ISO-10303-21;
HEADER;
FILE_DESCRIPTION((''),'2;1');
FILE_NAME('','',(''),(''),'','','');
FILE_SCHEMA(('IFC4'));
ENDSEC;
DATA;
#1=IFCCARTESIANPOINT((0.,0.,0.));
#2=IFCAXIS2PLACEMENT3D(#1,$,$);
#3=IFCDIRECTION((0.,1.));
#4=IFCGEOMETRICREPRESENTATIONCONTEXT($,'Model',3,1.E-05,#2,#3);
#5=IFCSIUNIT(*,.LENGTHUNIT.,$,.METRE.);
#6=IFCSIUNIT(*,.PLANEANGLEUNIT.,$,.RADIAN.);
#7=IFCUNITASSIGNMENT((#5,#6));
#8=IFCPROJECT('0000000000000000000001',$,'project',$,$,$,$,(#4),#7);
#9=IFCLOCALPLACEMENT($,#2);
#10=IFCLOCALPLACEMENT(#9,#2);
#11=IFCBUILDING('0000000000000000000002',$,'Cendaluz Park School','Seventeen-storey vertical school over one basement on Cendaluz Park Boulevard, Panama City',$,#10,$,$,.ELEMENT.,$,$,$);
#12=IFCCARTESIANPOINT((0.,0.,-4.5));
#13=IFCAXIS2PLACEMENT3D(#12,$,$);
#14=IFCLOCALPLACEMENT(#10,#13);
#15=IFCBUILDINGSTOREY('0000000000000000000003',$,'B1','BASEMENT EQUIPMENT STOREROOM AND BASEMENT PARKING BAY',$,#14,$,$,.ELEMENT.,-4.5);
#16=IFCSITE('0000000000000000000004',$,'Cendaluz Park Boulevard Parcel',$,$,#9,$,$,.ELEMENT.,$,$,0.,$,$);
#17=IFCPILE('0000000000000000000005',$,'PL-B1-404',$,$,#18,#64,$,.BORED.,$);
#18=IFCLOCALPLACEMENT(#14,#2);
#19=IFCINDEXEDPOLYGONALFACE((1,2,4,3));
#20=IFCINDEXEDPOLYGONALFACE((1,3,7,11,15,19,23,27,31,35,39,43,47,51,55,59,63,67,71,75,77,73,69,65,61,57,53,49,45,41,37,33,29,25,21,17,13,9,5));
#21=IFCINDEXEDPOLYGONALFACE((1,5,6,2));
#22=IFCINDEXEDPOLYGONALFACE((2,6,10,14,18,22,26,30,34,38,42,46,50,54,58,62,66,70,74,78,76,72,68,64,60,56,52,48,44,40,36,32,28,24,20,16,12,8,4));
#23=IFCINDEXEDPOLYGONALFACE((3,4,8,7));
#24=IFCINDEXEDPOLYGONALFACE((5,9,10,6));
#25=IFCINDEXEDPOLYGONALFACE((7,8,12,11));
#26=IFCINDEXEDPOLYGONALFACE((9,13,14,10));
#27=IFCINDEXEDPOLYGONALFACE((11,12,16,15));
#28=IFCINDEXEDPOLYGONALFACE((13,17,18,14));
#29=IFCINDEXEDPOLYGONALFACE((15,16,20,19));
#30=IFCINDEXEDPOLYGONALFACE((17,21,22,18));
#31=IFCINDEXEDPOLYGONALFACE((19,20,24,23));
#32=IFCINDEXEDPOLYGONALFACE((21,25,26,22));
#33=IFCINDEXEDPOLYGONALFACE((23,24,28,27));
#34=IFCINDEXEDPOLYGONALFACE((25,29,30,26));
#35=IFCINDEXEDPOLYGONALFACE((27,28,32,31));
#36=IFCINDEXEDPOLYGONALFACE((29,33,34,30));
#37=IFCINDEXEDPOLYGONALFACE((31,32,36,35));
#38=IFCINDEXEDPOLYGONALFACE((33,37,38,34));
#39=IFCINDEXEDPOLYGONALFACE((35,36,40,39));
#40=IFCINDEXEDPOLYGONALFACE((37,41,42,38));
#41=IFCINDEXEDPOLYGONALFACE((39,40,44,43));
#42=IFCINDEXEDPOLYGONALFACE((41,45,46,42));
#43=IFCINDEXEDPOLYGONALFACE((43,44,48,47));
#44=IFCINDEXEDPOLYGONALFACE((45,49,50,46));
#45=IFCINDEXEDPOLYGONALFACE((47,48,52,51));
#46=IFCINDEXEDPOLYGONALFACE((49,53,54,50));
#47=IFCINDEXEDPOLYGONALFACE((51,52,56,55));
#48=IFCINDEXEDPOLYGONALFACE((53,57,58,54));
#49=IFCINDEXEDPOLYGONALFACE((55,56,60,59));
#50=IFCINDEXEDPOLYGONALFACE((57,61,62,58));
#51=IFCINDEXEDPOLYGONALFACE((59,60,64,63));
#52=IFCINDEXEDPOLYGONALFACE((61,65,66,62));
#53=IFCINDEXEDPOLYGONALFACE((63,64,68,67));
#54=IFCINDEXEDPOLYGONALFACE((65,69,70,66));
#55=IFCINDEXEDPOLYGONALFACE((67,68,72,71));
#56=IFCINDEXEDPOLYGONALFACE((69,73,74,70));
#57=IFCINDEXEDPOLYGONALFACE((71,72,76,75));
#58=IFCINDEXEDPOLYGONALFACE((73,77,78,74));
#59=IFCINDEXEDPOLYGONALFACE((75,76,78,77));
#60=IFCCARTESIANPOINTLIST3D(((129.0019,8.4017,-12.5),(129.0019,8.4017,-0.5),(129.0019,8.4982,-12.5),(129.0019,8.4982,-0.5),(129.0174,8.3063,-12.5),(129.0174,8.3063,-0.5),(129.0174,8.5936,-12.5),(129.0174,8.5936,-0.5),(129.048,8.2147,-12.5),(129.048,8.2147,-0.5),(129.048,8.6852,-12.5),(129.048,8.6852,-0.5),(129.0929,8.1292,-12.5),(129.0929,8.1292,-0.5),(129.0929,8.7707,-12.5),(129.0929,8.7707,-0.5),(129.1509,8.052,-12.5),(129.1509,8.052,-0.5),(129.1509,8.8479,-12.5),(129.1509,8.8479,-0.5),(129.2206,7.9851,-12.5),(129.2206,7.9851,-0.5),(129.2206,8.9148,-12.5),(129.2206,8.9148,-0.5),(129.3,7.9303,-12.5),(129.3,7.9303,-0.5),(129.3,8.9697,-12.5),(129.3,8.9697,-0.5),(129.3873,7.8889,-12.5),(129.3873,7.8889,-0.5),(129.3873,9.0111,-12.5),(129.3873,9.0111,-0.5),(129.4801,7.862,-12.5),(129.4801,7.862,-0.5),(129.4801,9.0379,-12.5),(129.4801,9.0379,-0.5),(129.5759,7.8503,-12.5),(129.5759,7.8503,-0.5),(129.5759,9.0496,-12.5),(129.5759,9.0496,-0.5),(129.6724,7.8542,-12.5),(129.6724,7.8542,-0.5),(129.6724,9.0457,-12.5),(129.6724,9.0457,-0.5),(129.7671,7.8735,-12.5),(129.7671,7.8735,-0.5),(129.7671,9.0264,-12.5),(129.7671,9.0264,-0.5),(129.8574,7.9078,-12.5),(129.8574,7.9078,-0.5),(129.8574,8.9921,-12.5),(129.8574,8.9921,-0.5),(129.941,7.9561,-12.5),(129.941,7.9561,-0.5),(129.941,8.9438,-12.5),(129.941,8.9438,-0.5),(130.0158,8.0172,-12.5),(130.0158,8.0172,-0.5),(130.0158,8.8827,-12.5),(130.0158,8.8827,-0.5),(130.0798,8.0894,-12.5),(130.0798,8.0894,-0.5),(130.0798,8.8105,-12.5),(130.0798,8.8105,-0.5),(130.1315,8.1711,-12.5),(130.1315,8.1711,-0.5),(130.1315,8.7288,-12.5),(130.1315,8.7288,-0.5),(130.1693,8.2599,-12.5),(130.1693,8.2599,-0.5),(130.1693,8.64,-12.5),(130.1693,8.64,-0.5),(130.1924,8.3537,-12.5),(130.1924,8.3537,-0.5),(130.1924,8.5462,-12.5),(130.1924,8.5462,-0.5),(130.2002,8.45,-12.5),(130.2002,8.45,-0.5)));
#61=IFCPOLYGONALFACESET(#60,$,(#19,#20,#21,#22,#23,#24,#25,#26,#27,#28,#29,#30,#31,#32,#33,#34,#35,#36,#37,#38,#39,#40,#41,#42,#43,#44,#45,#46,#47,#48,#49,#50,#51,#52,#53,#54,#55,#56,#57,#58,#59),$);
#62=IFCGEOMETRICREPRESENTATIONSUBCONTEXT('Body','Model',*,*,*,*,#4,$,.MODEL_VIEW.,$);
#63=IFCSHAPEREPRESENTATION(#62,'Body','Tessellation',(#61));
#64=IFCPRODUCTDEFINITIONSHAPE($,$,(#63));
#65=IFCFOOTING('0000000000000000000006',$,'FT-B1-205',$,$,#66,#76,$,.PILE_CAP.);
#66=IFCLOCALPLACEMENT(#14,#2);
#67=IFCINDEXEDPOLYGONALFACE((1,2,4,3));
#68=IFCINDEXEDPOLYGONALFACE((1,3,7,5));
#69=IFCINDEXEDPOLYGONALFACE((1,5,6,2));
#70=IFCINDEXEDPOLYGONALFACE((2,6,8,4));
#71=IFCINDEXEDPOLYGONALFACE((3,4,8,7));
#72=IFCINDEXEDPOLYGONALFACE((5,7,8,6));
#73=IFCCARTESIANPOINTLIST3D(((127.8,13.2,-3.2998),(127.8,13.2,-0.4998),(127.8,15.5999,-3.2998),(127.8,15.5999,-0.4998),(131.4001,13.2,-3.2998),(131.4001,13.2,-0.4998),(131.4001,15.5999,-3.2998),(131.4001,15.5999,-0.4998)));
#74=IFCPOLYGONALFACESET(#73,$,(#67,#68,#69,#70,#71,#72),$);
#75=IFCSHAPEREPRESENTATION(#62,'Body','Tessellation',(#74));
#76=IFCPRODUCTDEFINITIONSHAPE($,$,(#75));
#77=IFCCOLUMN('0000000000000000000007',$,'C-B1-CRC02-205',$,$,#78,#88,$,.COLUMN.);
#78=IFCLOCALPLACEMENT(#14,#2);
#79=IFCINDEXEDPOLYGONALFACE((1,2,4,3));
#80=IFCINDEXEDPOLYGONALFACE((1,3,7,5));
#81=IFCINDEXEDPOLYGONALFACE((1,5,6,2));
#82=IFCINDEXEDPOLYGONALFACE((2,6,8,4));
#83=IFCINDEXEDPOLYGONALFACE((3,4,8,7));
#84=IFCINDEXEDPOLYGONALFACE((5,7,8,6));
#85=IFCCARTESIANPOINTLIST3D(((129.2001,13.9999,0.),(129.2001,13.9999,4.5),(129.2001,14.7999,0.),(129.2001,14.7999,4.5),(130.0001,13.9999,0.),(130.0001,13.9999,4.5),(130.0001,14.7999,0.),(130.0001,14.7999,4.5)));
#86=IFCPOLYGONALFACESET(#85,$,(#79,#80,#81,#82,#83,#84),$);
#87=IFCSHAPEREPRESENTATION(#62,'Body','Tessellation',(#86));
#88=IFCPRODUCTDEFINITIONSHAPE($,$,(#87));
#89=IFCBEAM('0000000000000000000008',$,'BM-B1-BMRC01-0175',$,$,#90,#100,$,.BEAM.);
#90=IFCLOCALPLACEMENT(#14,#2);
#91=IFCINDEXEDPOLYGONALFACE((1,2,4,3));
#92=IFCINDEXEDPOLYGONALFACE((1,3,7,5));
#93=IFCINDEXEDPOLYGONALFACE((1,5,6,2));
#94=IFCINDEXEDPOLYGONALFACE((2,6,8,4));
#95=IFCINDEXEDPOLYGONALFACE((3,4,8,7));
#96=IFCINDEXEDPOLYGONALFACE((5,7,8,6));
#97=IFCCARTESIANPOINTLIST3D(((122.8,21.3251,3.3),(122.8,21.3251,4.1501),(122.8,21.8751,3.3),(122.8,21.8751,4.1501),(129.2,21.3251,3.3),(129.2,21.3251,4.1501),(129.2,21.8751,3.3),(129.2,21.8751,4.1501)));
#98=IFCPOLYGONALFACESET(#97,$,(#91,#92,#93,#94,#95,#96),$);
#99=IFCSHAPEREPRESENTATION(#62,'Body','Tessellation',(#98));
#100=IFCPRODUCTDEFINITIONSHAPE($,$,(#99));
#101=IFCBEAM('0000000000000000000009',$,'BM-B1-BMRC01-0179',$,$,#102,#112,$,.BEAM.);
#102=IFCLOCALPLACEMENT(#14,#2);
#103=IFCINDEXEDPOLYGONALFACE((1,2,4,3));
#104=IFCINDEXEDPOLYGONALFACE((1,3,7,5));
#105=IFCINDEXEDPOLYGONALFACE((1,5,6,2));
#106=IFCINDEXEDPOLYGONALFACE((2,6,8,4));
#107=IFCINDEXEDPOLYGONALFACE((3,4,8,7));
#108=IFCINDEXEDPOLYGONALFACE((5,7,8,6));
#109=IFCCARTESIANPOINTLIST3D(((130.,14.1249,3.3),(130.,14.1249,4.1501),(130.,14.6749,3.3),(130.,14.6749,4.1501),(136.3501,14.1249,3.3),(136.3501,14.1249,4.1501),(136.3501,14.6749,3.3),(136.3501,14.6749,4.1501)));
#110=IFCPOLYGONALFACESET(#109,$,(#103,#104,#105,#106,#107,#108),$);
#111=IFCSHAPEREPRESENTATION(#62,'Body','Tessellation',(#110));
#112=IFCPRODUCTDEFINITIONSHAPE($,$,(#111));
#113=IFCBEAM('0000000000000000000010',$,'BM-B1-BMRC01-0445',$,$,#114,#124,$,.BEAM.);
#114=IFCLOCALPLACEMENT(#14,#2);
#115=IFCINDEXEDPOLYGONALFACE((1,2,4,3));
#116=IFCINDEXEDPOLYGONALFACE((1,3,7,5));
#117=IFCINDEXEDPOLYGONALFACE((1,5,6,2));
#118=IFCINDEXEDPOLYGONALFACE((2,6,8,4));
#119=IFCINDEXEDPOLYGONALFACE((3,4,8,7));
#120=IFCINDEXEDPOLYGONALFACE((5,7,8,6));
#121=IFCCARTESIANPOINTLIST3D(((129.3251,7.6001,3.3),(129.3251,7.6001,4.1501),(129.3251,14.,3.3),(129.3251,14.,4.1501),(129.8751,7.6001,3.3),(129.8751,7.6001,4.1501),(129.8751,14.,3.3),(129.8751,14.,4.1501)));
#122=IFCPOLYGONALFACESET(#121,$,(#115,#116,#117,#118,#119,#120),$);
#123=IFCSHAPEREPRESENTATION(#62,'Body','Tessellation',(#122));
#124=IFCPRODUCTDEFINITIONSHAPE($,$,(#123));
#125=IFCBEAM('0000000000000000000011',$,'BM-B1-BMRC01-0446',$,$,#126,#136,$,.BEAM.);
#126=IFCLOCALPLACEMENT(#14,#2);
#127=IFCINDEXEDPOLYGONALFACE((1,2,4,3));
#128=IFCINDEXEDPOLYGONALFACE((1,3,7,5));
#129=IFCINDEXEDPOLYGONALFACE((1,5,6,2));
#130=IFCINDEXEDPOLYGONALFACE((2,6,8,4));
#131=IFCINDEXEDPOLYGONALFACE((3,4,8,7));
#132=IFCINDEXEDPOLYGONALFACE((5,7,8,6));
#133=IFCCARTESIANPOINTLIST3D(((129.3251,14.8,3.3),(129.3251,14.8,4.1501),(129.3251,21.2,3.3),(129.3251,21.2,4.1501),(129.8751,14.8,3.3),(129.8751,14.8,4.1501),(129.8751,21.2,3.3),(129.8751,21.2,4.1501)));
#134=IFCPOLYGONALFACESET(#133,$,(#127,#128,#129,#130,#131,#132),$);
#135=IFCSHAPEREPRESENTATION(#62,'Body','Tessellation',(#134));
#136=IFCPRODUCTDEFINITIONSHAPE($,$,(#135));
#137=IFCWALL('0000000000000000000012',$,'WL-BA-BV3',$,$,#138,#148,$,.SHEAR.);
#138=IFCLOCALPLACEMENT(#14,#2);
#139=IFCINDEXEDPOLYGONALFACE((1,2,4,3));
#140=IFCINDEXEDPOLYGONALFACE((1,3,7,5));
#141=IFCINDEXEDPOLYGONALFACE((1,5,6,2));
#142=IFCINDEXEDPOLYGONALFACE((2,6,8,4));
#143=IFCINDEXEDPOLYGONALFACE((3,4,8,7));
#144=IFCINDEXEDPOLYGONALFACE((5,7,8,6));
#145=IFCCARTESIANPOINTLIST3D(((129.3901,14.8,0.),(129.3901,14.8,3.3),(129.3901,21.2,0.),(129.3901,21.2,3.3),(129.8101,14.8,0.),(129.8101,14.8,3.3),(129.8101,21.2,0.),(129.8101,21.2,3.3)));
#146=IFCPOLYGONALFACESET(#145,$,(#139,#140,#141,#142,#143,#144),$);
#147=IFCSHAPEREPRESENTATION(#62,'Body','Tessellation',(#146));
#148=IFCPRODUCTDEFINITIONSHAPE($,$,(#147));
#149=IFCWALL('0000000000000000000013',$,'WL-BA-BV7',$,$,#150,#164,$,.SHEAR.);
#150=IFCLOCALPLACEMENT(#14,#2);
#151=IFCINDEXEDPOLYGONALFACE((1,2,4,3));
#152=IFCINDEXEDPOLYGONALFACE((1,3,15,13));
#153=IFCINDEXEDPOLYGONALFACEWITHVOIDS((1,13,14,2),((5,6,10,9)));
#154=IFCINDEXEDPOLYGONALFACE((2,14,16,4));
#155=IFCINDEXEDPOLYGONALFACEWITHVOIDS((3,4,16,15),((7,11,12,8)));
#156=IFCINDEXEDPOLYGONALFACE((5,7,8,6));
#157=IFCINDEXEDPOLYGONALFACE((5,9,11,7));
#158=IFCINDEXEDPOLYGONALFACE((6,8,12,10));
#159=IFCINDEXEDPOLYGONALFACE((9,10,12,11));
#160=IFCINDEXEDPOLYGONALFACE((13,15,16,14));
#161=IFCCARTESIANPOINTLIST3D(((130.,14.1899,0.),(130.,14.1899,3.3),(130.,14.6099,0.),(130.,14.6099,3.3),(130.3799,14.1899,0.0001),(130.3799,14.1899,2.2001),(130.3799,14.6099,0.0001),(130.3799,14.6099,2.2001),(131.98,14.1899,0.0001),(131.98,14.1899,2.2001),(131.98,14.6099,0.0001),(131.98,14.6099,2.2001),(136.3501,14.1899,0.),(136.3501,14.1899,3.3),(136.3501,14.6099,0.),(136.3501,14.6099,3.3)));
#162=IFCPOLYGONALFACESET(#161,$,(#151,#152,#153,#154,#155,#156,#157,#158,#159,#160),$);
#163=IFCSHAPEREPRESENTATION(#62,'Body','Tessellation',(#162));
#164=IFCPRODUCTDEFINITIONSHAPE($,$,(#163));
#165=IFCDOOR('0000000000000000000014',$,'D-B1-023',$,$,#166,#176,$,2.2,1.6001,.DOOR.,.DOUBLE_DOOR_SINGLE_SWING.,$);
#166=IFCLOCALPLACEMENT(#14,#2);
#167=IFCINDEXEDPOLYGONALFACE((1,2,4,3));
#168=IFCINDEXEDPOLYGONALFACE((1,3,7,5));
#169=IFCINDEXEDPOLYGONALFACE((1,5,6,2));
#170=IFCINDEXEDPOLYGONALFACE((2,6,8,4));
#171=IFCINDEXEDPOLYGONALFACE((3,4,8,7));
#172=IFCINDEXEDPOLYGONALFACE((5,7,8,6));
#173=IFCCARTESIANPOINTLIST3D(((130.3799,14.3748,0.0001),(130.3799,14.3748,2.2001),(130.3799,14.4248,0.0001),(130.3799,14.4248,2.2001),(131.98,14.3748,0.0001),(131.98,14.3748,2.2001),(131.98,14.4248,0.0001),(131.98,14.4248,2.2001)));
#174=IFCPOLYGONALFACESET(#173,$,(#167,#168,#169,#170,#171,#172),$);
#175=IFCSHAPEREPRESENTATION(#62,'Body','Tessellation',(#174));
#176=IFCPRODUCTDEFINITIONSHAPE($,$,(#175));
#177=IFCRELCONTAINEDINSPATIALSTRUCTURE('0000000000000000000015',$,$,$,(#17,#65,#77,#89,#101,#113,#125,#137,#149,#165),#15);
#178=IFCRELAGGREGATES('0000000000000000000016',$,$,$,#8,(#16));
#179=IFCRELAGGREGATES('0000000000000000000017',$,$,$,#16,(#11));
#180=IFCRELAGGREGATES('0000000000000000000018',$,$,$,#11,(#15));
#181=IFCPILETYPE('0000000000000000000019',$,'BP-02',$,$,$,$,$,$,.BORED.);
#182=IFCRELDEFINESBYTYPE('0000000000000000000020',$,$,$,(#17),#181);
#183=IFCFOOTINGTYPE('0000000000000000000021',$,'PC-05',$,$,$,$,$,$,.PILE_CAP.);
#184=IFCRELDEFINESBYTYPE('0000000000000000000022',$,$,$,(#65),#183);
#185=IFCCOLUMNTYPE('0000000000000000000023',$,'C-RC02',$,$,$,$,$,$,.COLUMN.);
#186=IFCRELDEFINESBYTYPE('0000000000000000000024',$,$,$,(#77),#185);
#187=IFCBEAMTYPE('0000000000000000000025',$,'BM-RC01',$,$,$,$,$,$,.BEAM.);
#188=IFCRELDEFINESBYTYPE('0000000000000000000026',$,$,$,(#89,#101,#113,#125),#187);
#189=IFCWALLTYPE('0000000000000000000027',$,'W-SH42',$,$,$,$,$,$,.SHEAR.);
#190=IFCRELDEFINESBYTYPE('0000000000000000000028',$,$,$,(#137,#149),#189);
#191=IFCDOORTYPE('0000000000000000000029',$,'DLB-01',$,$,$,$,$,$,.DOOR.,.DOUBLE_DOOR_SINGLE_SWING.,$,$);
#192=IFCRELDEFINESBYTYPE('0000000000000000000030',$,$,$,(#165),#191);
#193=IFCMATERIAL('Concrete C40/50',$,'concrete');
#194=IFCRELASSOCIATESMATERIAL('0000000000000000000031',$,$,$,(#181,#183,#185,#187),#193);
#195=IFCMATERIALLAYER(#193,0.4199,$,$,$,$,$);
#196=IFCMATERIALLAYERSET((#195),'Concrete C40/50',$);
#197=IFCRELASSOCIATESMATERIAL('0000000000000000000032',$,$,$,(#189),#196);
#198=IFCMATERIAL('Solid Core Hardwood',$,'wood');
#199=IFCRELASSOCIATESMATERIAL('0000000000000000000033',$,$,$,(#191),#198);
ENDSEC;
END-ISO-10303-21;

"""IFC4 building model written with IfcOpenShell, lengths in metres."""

from ifc_helpers import new_model, si_unit, direction, frame, frame_2d, origin, origin_2d, place, context, subcontext, project, spatial, rectangle, circle, extrude, material, layer, layer_set, material_profile, profile_set, type_object, element, fill, save


model = new_model("IFC4")

# Units and contexts
model_context = context("Model", 3, precision=1e-05, world=origin(), true_north=direction((0.0, 1.0)))
body_context = subcontext(model_context, "Body", "Model", "MODEL_VIEW")
ifc_project = project(units=[si_unit("LENGTHUNIT", "METRE"), si_unit("PLANEANGLEUNIT", "RADIAN")], contexts=[model_context])

# Site, building, storey
site_placement = place(None, origin())
site = spatial("IfcSite", under=ifc_project, at=site_placement, Name="Cendaluz Park Boulevard Parcel", CompositionType="ELEMENT", RefElevation=0.0)
building_placement = place(site_placement, origin())
building = spatial("IfcBuilding", under=site, at=building_placement, Name="Cendaluz Park School", Description="Seventeen-storey vertical school over one basement on Cendaluz Park Boulevard, Panama City", CompositionType="ELEMENT")
storey_placement = place(building_placement, frame((0.0, 0.0, -4.5)))
storey = spatial("IfcBuildingStorey", under=building, at=storey_placement, Name="B1", Description="BASEMENT EQUIPMENT STOREROOM AND BASEMENT PARKING BAY", CompositionType="ELEMENT", Elevation=-4.5)

# Pile
ifc_material_1 = material(Name="Concrete C40/50", Category="concrete")
ifc_material_profile_1 = material_profile(ifc_material_1, circle(Radius=0.6001, at=origin_2d()), Name="BP D1200", Category="concrete")
ifc_profile_set_1 = profile_set([ifc_material_profile_1], Name="Concrete C40/50")
pile_type_1 = type_object("IfcPileType", Name="BP-02", PredefinedType="BORED", material=ifc_profile_set_1)
pile_placement = place(storey_placement, frame((129.6001, 8.45, -0.5), z_axis=(0.0, 0.0, -1.0), x_axis=(1.0, 0.0, 0.0)))
element("IfcPile", 1, at=pile_placement, inside=storey, type_object=pile_type_1, Name="PL-B1-404", PredefinedType="BORED", context=body_context, shape_type="SweptSolid", body=[
    extrude(circle(Radius=0.6001, at=origin_2d()), origin(), (0.0, 0.0, 1.0), 12.0),
])

# Footing
footing_type = type_object("IfcFootingType", Name="PC-05", PredefinedType="PILE_CAP", material=ifc_material_1)
footing_placement = place(storey_placement, frame((129.6001, 14.3999, -3.2998), z_axis=(0.0, 0.0, 1.0), x_axis=(1.0, 0.0, 0.0)))
element("IfcFooting", 2, at=footing_placement, inside=storey, type_object=footing_type, Name="FT-B1-205", PredefinedType="PILE_CAP", context=body_context, shape_type="SweptSolid", body=[
    extrude(rectangle(XDim=3.6001, YDim=2.3999, at=origin_2d()), origin(), (0.0, 0.0, 1.0), 2.8),
])

# Column
ifc_material_profile_2 = material_profile(ifc_material_1, rectangle(XDim=0.8, YDim=0.8, at=origin_2d()), Name="RC 800x800", Category="concrete")
ifc_profile_set_2 = profile_set([ifc_material_profile_2], Name="Concrete C40/50")
column_type = type_object("IfcColumnType", Name="C-RC02", PredefinedType="COLUMN", material=ifc_profile_set_2)
column_placement = place(storey_placement, frame((129.6001, 14.3999, 0.0), z_axis=(0.0, 0.0, 1.0), x_axis=(1.0, 0.0, 0.0)))
element("IfcColumn", 3, at=column_placement, inside=storey, type_object=column_type, Name="C-B1-CRC02-205", PredefinedType="COLUMN", context=body_context, shape_type="SweptSolid", body=[
    extrude(rectangle(XDim=0.8, YDim=0.8, at=origin_2d()), origin(), (0.0, 0.0, 1.0), 4.5),
])

# Beams
ifc_material_profile_3 = material_profile(ifc_material_1, rectangle(XDim=0.55, YDim=0.8501, at=origin_2d()), Name="RC 550x850", Category="concrete")
ifc_profile_set_3 = profile_set([ifc_material_profile_3], Name="Concrete C40/50")
beam_type = type_object("IfcBeamType", Name="BM-RC01", PredefinedType="BEAM", material=ifc_profile_set_3)
beam_1_placement = place(storey_placement, frame((122.8, 21.6001, 3.7251), z_axis=(1.0, 0.0, 0.0), x_axis=(0.0, 1.0, 0.0)))
element("IfcBeam", 4, at=beam_1_placement, inside=storey, type_object=beam_type, Name="BM-B1-BMRC01-0175", PredefinedType="BEAM", context=body_context, shape_type="SweptSolid", body=[
    extrude(rectangle(XDim=0.55, YDim=0.8501, at=origin_2d()), origin(), (0.0, 0.0, 1.0), 6.3999),
])
beam_2_placement = place(storey_placement, frame((130.0, 14.3999, 3.7251), z_axis=(1.0, 0.0, 0.0), x_axis=(0.0, 1.0, 0.0)))
element("IfcBeam", 5, at=beam_2_placement, inside=storey, type_object=beam_type, Name="BM-B1-BMRC01-0179", PredefinedType="BEAM", context=body_context, shape_type="SweptSolid", body=[
    extrude(rectangle(XDim=0.55, YDim=0.8501, at=origin_2d()), origin(), (0.0, 0.0, 1.0), 6.3501),
])
for number, where, z_axis, x_axis, name in (
    (6, (129.6001, 7.6001, 3.7251), (0.0, 1.0, 0.0), (-1.0, 0.0, 0.0), "BM-B1-BMRC01-0445"),
    (7, (129.6001, 14.8, 3.7251), (0.0, 1.0, 0.0), (-1.0, 0.0, 0.0), "BM-B1-BMRC01-0446"),
):
    element("IfcBeam", number, at=place(storey_placement, frame(where, z_axis=z_axis, x_axis=x_axis)), inside=storey, type_object=beam_type, Name=name, PredefinedType="BEAM", context=body_context, shape_type="SweptSolid", body=[
        extrude(rectangle(XDim=0.55, YDim=0.8501, at=origin_2d()), origin(), (0.0, 0.0, 1.0), 6.3999),
    ])

# Shared definitions
ifc_material_2 = material(Name="Solid Core Hardwood", Category="wood")

# Wall
ifc_layer_1 = layer(ifc_material_1, 0.4199)
ifc_layer_set_1 = layer_set([ifc_layer_1], Name="Concrete C40/50")
wall_type_1 = type_object("IfcWallType", Name="W-SH42", PredefinedType="SHEAR", material=ifc_layer_set_1)
wall_1_placement = place(storey_placement, frame((129.6001, 14.8, 0.0), z_axis=(0.0, 0.0, 1.0), x_axis=(0.0, 1.0, 0.0)))
element("IfcWall", 8, at=wall_1_placement, inside=storey, type_object=wall_type_1, Name="WL-BA-BV3", PredefinedType="SHEAR", context=body_context, shape_type="SweptSolid", body=[
    extrude(rectangle(XDim=6.3999, YDim=0.4199, at=frame_2d((3.2, 0.0))), origin(), (0.0, 0.0, 1.0), 3.3),
])

# Wall, opening, door
wall_2_placement = place(storey_placement, frame((130.0, 14.3999, 0.0), z_axis=(0.0, 0.0, 1.0), x_axis=(1.0, 0.0, 0.0)))
wall_2 = element("IfcWall", 9, at=wall_2_placement, inside=storey, type_object=wall_type_1, Name="WL-BA-BV7", PredefinedType="SHEAR", context=body_context, shape_type="SweptSolid", body=[
    extrude(rectangle(XDim=6.3501, YDim=0.4199, at=frame_2d((3.175, 0.0))), origin(), (0.0, 0.0, 1.0), 3.3),
])
opening_1_placement = place(wall_2_placement, frame((0.3799, 0.0, 0.0)))
opening_1 = element("IfcOpeningElement", 10, at=opening_1_placement, cuts=wall_2, PredefinedType="OPENING", context=body_context, shape_type="SweptSolid", body=[
    extrude(rectangle(XDim=1.6001, YDim=2.2, at=frame_2d((0.8, 1.1001))), frame((0.0, 0.2219, 0.0), z_axis=(0.0, -1.0, 0.0), x_axis=(1.0, 0.0, 0.0)), (0.0, 0.0, 1.0), 0.4438),
])
door_type_1 = type_object("IfcDoorType", Name="DLB-01", OperationType="DOUBLE_DOOR_SINGLE_SWING", PredefinedType="DOOR", material=ifc_material_2)
door_1_placement = place(opening_1_placement, origin())
door_1 = element("IfcDoor", 11, at=door_1_placement, inside=storey, type_object=door_type_1, Name="D-B1-023", OperationType="DOUBLE_DOOR_SINGLE_SWING", OverallHeight=2.2, OverallWidth=1.6001, PredefinedType="DOOR", context=body_context, shape_type="SweptSolid", body=[
    extrude(rectangle(XDim=1.6001, YDim=2.2, at=frame_2d((0.8, 1.1001))), frame((0.0, 0.0249, 0.0), z_axis=(0.0, -1.0, 0.0), x_axis=(1.0, 0.0, 0.0)), (0.0, 0.0, 1.0), 0.05),
])
fill(opening_1, door_1)

save(model, "model.ifc")
